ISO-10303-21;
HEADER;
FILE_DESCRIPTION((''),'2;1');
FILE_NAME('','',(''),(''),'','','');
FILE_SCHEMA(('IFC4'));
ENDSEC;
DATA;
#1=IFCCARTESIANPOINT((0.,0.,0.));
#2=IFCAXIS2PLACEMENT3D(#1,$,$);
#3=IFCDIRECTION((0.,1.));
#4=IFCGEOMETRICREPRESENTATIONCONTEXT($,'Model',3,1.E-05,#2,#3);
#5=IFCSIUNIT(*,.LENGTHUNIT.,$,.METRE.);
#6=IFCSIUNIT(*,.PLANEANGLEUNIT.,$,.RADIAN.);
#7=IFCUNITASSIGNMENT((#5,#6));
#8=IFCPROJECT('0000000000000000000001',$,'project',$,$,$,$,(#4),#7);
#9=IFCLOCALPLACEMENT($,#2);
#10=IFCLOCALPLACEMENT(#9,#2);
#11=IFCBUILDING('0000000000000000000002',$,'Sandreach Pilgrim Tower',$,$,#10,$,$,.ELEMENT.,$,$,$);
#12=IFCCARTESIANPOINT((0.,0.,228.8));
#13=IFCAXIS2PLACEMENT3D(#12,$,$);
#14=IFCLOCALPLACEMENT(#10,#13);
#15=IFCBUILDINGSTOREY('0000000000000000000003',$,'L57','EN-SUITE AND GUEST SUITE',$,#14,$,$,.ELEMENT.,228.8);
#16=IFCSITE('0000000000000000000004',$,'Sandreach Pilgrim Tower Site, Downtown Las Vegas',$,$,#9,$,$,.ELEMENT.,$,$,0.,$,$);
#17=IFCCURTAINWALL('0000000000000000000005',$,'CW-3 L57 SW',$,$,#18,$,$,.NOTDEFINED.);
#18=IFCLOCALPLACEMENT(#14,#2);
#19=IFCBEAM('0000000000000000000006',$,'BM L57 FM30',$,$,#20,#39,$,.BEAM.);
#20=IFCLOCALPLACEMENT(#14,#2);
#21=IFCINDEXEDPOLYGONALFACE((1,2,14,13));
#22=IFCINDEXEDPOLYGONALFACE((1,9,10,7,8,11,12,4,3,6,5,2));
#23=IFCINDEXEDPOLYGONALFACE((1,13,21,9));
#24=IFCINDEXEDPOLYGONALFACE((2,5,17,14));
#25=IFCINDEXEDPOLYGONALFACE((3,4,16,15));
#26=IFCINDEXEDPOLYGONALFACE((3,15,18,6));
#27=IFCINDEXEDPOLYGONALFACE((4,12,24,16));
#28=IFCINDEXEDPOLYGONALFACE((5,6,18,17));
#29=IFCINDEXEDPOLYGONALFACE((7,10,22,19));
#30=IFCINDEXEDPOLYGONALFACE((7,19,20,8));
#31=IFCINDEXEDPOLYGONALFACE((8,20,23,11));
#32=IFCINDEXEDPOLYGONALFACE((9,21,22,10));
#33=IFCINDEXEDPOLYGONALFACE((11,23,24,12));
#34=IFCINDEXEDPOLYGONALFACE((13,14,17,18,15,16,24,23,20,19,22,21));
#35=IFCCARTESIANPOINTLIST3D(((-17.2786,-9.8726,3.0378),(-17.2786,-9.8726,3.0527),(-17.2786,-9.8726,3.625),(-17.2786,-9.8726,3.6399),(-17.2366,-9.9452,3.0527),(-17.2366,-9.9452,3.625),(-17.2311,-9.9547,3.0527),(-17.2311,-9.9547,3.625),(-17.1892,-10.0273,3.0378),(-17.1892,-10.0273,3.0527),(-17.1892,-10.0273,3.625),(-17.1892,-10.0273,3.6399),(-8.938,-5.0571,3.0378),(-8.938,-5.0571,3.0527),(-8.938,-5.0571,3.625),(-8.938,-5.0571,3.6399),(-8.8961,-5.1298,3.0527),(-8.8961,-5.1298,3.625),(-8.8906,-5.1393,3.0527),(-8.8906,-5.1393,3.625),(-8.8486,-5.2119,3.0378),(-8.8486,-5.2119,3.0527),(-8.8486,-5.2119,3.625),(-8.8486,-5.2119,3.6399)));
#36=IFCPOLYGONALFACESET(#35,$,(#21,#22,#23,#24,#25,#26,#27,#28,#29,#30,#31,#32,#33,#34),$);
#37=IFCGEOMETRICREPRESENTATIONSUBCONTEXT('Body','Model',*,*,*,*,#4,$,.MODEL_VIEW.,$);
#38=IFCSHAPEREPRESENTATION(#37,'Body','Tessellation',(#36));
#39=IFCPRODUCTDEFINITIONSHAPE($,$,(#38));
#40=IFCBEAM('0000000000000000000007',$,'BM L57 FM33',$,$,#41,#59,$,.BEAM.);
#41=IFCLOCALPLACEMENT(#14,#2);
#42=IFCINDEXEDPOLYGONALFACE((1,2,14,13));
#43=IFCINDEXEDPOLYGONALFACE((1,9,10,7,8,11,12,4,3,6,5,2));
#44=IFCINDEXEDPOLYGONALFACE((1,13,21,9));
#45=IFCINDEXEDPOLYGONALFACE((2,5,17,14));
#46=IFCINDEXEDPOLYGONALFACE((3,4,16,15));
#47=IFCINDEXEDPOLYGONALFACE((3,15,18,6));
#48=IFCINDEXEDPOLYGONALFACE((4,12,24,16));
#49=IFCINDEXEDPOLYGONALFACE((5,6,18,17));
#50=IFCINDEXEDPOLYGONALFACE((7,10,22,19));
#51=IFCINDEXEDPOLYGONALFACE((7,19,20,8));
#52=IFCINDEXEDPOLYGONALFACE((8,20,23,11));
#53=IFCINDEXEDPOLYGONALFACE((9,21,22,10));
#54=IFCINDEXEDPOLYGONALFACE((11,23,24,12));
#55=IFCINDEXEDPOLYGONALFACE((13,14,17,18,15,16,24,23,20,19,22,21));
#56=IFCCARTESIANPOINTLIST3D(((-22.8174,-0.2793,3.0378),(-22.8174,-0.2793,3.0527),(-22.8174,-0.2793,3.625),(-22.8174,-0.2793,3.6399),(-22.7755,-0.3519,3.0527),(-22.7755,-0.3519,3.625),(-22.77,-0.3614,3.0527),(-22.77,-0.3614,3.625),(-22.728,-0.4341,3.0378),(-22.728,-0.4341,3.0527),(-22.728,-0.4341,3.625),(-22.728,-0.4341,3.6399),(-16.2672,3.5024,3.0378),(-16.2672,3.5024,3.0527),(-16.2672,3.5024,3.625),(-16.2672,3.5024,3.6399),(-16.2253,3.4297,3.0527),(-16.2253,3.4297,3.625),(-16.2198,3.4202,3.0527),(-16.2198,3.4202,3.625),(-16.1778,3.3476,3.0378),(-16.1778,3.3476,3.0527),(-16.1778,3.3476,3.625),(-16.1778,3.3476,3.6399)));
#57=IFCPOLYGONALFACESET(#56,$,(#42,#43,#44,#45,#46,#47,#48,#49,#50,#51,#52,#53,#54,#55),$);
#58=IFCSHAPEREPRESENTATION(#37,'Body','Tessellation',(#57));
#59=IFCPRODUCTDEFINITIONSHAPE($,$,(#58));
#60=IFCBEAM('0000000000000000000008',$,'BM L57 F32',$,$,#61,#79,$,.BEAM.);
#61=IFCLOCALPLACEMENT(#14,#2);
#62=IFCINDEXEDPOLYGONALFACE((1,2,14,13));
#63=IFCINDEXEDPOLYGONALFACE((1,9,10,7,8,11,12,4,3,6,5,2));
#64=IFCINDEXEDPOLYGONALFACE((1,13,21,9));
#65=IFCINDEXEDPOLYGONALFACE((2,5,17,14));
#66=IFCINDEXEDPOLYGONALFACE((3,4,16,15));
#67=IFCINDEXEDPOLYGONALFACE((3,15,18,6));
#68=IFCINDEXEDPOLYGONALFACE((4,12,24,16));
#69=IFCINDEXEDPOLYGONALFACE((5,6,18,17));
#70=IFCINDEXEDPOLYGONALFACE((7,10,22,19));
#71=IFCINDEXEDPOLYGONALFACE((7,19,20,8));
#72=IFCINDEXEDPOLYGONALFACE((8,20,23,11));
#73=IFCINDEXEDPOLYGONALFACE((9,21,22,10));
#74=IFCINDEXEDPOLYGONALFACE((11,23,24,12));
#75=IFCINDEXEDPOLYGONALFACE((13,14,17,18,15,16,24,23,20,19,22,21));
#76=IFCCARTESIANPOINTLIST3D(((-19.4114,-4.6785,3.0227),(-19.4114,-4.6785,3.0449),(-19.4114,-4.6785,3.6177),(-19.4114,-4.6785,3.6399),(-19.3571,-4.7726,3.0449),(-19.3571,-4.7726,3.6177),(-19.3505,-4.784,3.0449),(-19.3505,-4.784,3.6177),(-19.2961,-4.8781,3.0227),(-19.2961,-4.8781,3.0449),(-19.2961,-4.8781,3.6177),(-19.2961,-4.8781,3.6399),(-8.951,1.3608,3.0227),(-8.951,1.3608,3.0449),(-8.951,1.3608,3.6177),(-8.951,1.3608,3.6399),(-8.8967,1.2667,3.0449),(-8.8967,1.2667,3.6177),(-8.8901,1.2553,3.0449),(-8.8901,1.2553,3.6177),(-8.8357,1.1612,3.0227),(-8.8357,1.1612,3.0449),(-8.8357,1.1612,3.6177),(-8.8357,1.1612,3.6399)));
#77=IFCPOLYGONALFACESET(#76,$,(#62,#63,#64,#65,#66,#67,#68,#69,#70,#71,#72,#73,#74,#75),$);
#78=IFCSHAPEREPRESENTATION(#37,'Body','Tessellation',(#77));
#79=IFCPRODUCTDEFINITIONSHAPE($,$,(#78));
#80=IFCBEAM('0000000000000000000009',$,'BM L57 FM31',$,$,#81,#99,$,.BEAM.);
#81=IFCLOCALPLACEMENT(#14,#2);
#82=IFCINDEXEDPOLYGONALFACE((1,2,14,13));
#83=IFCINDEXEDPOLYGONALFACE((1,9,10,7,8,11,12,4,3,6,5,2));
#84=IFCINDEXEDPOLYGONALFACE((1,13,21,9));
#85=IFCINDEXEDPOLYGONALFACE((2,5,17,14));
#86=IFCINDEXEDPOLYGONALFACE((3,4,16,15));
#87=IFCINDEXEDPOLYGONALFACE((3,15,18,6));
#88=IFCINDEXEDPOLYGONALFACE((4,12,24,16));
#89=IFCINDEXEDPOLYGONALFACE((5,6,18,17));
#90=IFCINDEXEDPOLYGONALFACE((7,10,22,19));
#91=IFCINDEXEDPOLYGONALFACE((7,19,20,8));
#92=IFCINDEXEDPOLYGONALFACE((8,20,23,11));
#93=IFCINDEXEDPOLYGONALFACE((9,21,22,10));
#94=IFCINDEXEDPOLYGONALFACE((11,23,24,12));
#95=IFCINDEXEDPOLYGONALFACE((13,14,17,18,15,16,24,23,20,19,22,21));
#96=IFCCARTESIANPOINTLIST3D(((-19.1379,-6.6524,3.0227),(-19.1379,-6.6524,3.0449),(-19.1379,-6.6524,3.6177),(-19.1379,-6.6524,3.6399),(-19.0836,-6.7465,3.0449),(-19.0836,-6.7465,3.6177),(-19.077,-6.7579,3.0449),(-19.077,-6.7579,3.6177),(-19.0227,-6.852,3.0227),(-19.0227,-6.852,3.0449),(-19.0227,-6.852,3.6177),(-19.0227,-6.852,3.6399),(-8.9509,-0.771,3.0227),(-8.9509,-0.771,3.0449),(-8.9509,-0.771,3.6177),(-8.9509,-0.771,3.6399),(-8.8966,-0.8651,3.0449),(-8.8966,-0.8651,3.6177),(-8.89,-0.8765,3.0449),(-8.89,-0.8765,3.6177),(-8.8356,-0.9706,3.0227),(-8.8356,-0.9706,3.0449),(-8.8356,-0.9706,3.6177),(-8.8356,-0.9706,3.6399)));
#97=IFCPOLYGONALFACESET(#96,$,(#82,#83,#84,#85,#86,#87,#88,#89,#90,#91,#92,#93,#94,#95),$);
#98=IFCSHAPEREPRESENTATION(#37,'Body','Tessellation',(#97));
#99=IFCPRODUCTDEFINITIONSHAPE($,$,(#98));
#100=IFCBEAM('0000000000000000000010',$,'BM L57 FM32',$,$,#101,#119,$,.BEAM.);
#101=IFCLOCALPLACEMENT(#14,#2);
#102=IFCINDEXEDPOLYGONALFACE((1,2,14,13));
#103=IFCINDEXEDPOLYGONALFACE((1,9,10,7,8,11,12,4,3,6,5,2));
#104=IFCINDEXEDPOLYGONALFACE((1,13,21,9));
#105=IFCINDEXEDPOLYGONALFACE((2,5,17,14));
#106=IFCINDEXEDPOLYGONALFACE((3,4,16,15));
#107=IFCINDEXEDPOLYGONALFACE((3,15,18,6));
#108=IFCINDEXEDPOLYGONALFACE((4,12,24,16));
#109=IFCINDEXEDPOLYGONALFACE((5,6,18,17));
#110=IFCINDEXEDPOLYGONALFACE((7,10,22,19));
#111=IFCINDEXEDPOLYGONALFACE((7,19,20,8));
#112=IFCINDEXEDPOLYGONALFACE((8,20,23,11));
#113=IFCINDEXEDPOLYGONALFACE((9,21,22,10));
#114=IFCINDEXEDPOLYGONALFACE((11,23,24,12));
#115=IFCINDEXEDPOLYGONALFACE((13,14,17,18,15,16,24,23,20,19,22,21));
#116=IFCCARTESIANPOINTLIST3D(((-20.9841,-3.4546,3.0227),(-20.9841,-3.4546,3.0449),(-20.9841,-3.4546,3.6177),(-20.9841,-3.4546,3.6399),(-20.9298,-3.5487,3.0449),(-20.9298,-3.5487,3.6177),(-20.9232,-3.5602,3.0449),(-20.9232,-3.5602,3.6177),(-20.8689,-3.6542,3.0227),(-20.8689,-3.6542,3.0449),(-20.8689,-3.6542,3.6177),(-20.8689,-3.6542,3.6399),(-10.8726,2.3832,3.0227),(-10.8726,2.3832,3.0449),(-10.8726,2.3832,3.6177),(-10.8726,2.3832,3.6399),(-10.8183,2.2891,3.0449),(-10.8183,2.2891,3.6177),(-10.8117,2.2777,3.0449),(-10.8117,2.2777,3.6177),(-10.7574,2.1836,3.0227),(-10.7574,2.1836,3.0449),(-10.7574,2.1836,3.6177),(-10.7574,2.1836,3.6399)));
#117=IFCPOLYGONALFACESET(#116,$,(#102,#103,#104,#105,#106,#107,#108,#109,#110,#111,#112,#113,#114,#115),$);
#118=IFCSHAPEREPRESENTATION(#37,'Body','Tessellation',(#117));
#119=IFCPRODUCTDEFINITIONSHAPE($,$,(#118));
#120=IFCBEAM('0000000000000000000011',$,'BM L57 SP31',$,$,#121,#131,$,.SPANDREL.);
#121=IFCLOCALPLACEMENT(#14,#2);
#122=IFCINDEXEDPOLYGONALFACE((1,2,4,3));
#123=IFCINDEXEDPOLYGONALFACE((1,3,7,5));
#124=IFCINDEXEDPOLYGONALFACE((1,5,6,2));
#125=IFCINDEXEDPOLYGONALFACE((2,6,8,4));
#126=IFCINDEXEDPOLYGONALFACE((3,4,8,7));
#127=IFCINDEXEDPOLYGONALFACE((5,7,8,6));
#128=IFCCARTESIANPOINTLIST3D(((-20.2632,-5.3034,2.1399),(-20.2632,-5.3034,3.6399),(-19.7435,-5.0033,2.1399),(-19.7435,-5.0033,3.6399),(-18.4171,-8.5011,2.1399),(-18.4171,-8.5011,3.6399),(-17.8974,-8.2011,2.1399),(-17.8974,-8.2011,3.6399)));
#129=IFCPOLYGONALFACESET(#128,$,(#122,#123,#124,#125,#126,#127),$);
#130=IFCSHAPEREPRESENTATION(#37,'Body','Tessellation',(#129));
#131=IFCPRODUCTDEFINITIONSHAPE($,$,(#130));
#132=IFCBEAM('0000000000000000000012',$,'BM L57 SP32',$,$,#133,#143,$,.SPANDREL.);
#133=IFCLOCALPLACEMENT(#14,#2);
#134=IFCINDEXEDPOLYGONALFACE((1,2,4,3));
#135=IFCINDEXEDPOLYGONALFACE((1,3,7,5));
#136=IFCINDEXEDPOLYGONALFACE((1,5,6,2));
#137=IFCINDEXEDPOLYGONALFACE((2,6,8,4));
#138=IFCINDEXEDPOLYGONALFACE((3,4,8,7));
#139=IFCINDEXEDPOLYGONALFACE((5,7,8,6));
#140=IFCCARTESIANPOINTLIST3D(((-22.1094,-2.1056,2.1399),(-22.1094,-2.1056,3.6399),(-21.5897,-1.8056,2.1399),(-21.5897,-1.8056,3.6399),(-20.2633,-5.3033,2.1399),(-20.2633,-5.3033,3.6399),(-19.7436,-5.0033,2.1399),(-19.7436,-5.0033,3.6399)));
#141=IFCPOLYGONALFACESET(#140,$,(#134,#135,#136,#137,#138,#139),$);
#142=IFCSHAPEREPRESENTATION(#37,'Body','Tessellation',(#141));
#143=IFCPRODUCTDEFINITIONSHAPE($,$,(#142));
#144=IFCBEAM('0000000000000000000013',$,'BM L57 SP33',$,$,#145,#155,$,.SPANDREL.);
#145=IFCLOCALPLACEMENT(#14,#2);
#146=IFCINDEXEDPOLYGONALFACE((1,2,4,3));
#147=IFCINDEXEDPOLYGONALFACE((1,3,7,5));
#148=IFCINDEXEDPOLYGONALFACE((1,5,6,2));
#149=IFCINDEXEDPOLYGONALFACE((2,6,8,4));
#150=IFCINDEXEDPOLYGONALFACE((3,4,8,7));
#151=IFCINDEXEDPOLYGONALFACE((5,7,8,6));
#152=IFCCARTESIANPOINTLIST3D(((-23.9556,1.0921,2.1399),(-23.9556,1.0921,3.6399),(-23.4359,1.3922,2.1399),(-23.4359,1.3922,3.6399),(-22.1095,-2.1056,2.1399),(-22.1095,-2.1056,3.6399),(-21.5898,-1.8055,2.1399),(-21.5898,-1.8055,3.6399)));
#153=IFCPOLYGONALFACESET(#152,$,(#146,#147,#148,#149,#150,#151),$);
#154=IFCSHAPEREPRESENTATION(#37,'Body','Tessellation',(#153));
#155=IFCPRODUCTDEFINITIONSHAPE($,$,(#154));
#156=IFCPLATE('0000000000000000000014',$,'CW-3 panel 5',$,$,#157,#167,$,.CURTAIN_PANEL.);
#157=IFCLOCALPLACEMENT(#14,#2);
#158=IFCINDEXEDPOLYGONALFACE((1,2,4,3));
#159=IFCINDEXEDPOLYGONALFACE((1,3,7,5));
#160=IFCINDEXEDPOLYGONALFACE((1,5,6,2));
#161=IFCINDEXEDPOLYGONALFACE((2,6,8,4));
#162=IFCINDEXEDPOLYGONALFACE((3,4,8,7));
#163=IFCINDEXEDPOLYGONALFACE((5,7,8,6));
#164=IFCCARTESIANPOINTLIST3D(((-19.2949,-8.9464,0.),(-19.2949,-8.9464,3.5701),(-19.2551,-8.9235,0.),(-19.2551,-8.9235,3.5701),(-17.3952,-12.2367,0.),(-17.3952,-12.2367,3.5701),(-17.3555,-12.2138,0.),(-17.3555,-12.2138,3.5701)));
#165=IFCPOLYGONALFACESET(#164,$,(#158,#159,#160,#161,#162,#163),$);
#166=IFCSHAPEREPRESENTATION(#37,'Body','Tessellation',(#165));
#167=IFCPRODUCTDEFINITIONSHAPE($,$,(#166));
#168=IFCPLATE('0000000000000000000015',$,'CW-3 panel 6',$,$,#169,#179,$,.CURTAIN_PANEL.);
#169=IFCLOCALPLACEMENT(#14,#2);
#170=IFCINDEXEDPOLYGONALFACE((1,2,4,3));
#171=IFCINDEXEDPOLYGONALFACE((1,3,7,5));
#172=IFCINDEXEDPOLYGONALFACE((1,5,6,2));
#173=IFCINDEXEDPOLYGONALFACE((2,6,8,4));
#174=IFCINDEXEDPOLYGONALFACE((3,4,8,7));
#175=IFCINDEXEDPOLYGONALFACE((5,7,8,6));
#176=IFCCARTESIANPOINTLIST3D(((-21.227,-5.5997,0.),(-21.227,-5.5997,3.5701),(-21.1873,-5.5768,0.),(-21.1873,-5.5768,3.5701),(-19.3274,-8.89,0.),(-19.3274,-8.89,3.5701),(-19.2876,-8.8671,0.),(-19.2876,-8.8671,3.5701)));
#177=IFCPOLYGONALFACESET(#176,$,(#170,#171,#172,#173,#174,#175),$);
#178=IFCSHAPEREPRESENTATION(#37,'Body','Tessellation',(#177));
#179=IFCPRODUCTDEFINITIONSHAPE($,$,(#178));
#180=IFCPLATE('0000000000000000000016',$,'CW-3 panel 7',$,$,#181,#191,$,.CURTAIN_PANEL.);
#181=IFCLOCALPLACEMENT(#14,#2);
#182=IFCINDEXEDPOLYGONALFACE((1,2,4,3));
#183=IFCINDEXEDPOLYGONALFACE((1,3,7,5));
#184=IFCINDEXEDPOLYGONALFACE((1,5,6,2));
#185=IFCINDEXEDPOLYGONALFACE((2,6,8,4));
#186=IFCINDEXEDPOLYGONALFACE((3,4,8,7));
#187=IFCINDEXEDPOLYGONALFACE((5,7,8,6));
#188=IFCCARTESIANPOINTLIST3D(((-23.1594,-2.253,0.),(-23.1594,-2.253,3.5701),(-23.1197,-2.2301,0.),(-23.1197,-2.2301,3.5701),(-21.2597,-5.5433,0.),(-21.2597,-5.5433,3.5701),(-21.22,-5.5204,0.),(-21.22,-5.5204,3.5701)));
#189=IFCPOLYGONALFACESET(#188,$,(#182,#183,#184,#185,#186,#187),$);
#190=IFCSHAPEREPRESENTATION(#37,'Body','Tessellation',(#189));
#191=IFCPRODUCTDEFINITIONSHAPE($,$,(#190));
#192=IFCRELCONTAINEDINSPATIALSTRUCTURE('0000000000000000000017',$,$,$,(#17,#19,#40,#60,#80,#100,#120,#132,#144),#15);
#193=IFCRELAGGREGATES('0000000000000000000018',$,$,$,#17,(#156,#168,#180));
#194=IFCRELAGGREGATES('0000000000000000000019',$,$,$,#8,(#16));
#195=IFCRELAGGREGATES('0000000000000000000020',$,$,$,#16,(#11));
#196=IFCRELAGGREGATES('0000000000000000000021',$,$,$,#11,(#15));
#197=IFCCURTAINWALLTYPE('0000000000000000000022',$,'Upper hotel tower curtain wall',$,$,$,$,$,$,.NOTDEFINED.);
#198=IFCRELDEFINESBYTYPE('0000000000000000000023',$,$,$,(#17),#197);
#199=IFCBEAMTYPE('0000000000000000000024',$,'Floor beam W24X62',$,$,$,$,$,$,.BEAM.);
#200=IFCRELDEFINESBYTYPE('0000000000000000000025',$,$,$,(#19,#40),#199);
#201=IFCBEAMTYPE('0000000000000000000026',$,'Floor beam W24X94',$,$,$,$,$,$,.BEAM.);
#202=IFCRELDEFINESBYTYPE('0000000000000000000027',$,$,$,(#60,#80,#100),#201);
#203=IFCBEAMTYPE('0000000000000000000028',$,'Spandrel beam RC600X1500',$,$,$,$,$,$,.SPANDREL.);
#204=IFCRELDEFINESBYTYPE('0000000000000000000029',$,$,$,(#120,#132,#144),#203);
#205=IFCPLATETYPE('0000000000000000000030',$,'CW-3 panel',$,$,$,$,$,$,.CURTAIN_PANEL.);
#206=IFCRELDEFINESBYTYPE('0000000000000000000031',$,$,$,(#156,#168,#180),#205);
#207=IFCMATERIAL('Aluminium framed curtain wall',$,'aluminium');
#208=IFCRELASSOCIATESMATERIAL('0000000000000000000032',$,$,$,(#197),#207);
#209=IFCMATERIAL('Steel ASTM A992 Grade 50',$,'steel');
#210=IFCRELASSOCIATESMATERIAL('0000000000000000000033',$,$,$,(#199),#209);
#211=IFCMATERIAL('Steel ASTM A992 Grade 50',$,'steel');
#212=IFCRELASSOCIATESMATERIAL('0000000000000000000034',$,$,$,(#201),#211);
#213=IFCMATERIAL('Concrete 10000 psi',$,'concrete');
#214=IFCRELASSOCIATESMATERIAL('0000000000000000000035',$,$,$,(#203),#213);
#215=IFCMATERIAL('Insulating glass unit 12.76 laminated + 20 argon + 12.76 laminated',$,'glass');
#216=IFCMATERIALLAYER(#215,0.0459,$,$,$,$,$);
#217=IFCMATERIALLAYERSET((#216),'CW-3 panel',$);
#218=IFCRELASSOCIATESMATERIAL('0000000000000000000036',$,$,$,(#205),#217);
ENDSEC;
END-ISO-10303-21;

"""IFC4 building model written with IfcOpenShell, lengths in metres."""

from ifc_helpers import new_model, si_unit, direction, frame, origin, origin_2d, place, context, subcontext, project, spatial, rectangle, i_section, extrude, material, layer, layer_set, material_profile, profile_set, type_object, element, aggregate, save


model = new_model("IFC4")

# Units and contexts
model_context = context("Model", 3, precision=1e-05, world=origin(), true_north=direction((0.0, 1.0)))
body_context = subcontext(model_context, "Body", "Model", "MODEL_VIEW")
ifc_project = project(units=[si_unit("LENGTHUNIT", "METRE"), si_unit("PLANEANGLEUNIT", "RADIAN")], contexts=[model_context])

# Site, building, storey
site_placement = place(None, origin())
site = spatial("IfcSite", under=ifc_project, at=site_placement, Name="Sandreach Pilgrim Tower Site, Downtown Las Vegas", CompositionType="ELEMENT", RefElevation=0.0)
building_placement = place(site_placement, origin())
building = spatial("IfcBuilding", under=site, at=building_placement, Name="Sandreach Pilgrim Tower", CompositionType="ELEMENT")
storey_placement = place(building_placement, frame((0.0, 0.0, 228.8)))
storey = spatial("IfcBuildingStorey", under=building, at=storey_placement, Name="L57", Description="EN-SUITE AND GUEST SUITE", CompositionType="ELEMENT", Elevation=228.8)

# Curtain wall
ifc_material_1 = material(Name="Aluminium framed curtain wall", Category="aluminium")
curtain_wall_type = type_object("IfcCurtainWallType", Name="Upper hotel tower curtain wall", PredefinedType="NOTDEFINED", material=ifc_material_1)
curtain_wall_placement = place(storey_placement, origin())
curtain_wall = element("IfcCurtainWall", 1, at=curtain_wall_placement, inside=storey, type_object=curtain_wall_type, Name="CW-3 L57 SW", PredefinedType="NOTDEFINED")

# Beams
ifc_material_2 = material(Name="Steel ASTM A992 Grade 50", Category="steel")
ifc_material_profile_1 = material_profile(ifc_material_2, i_section(OverallWidth=0.1787, OverallDepth=0.6021, WebThickness=0.011, FlangeThickness=0.0149, at=origin_2d()), Name="W24X62")
ifc_profile_set_1 = profile_set([ifc_material_profile_1], Name="Steel ASTM A992 Grade 50")
beam_type_1 = type_object("IfcBeamType", Name="Floor beam W24X62", PredefinedType="BEAM", material=ifc_profile_set_1)
beam_1_placement = place(storey_placement, frame((-17.2339, -9.95, 3.3389), z_axis=(0.866026, 0.5, 0.0), x_axis=(-0.5, 0.866026, 0.0)))
element("IfcBeam", 2, at=beam_1_placement, inside=storey, type_object=beam_type_1, Name="BM L57 FM30", PredefinedType="BEAM", context=body_context, shape_type="SweptSolid", body=[
    extrude(i_section(OverallWidth=0.1787, OverallDepth=0.6021, WebThickness=0.011, FlangeThickness=0.0149, at=origin_2d()), origin(), (0.0, 0.0, 1.0), 9.6309),
])
beam_2_placement = place(storey_placement, frame((-22.7727, -0.3567, 3.3389), z_axis=(0.86603, 0.499993, 0.0), x_axis=(-0.499993, 0.86603, 0.0)))
element("IfcBeam", 3, at=beam_2_placement, inside=storey, type_object=beam_type_1, Name="BM L57 FM33", PredefinedType="BEAM", context=body_context, shape_type="SweptSolid", body=[
    extrude(i_section(OverallWidth=0.1787, OverallDepth=0.6021, WebThickness=0.011, FlangeThickness=0.0149, at=origin_2d()), origin(), (0.0, 0.0, 1.0), 7.5635),
])
ifc_material_3 = material(Name="Steel ASTM A992 Grade 50", Category="steel")
ifc_material_profile_2 = material_profile(ifc_material_3, i_section(OverallWidth=0.2305, OverallDepth=0.6172, WebThickness=0.0132, FlangeThickness=0.0222, at=origin_2d()), Name="W24X94")
ifc_profile_set_2 = profile_set([ifc_material_profile_2], Name="Steel ASTM A992 Grade 50")
beam_type_2 = type_object("IfcBeamType", Name="Floor beam W24X94", PredefinedType="BEAM", material=ifc_profile_set_2)
beam_3_placement = place(storey_placement, frame((-19.3538, -4.7783, 3.3313), z_axis=(0.866027, 0.499998, 0.0), x_axis=(-0.499998, 0.866027, 0.0)))
element("IfcBeam", 4, at=beam_3_placement, inside=storey, type_object=beam_type_2, Name="BM L57 F32", PredefinedType="BEAM", context=body_context, shape_type="SweptSolid", body=[
    extrude(i_section(OverallWidth=0.2305, OverallDepth=0.6172, WebThickness=0.0132, FlangeThickness=0.0222, at=origin_2d()), origin(), (0.0, 0.0, 1.0), 12.0786),
])
beam_4_placement = place(storey_placement, frame((-19.0803, -6.7522, 3.3313), z_axis=(0.86603, 0.499992, 0.0), x_axis=(-0.499992, 0.86603, 0.0)))
element("IfcBeam", 5, at=beam_4_placement, inside=storey, type_object=beam_type_2, Name="BM L57 FM31", PredefinedType="BEAM", context=body_context, shape_type="SweptSolid", body=[
    extrude(i_section(OverallWidth=0.2305, OverallDepth=0.6172, WebThickness=0.0132, FlangeThickness=0.0222, at=origin_2d()), origin(), (0.0, 0.0, 1.0), 11.7629),
])
beam_5_placement = place(storey_placement, frame((-20.9265, -3.5544, 3.3313), z_axis=(0.866026, 0.499998, 0.0), x_axis=(-0.499998, 0.866026, 0.0)))
element("IfcBeam", 6, at=beam_5_placement, inside=storey, type_object=beam_type_2, Name="BM L57 FM32", PredefinedType="BEAM", context=body_context, shape_type="SweptSolid", body=[
    extrude(i_section(OverallWidth=0.2305, OverallDepth=0.6172, WebThickness=0.0132, FlangeThickness=0.0222, at=origin_2d()), origin(), (0.0, 0.0, 1.0), 11.6758),
])
ifc_material_4 = material(Name="Concrete 10000 psi", Category="concrete")
ifc_material_profile_3 = material_profile(ifc_material_4, rectangle(XDim=0.6001, YDim=1.5, at=origin_2d()), Name="RC600X1500")
ifc_profile_set_3 = profile_set([ifc_material_profile_3], Name="Concrete 10000 psi")
beam_type_3 = type_object("IfcBeamType", Name="Spandrel beam RC600X1500", PredefinedType="SPANDREL", material=ifc_profile_set_3)
for number, where, z_axis, x_axis, name in (
    (7, (-18.1572, -8.3511, 2.8899), (-0.499993, 0.866029, 0.0), (-0.866029, -0.499993, 0.0), "BM L57 SP31"),
    (8, (-20.0034, -5.1533, 2.8899), (-0.499993, 0.866029, 0.0), (-0.866029, -0.499993, 0.0), "BM L57 SP32"),
    (9, (-21.8496, -1.9556, 2.8899), (-0.499993, 0.866029, 0.0), (-0.866029, -0.499993, 0.0), "BM L57 SP33"),
):
    element("IfcBeam", number, at=place(storey_placement, frame(where, z_axis=z_axis, x_axis=x_axis)), inside=storey, type_object=beam_type_3, Name=name, PredefinedType="SPANDREL", context=body_context, shape_type="SweptSolid", body=[
        extrude(rectangle(XDim=0.6001, YDim=1.5, at=origin_2d()), origin(), (0.0, 0.0, 1.0), 3.6924),
    ])

# Plates
ifc_material_5 = material(Name="Insulating glass unit 12.76 laminated + 20 argon + 12.76 laminated", Category="glass")
ifc_layer_1 = layer(ifc_material_5, 0.0459)
ifc_layer_set_1 = layer_set([ifc_layer_1], Name="CW-3 panel")
plate_type = type_object("IfcPlateType", Name="CW-3 panel", PredefinedType="CURTAIN_PANEL", material=ifc_layer_set_1)
plate_1_placement = place(storey_placement, frame((-18.3252, -10.5801, 0.0), z_axis=(0.0, 0.0, 1.0), x_axis=(-0.5, 0.866025, 0.0)))
plate_1 = element("IfcPlate", 10, at=plate_1_placement, type_object=plate_type, Name="CW-3 panel 5", PredefinedType="CURTAIN_PANEL", context=body_context, shape_type="SweptSolid", body=[
    extrude(rectangle(XDim=3.7993, YDim=0.0459, at=origin_2d()), origin(), (0.0, 0.0, 1.0), 3.5701),
])
plate_2_placement = place(storey_placement, frame((-20.2573, -7.2334, 0.0), z_axis=(0.0, 0.0, 1.0), x_axis=(-0.5, 0.866025, 0.0)))
plate_2 = element("IfcPlate", 11, at=plate_2_placement, type_object=plate_type, Name="CW-3 panel 6", PredefinedType="CURTAIN_PANEL", context=body_context, shape_type="SweptSolid", body=[
    extrude(rectangle(XDim=3.7993, YDim=0.0459, at=origin_2d()), origin(), (0.0, 0.0, 1.0), 3.5701),
])
plate_3_placement = place(storey_placement, frame((-22.1897, -3.8867, 0.0), z_axis=(0.0, 0.0, 1.0), x_axis=(-0.5, 0.866025, 0.0)))
plate_3 = element("IfcPlate", 12, at=plate_3_placement, type_object=plate_type, Name="CW-3 panel 7", PredefinedType="CURTAIN_PANEL", context=body_context, shape_type="SweptSolid", body=[
    extrude(rectangle(XDim=3.7993, YDim=0.0459, at=origin_2d()), origin(), (0.0, 0.0, 1.0), 3.5701),
])
aggregate(curtain_wall, [plate_1, plate_2, plate_3])

save(model, "model.ifc")
